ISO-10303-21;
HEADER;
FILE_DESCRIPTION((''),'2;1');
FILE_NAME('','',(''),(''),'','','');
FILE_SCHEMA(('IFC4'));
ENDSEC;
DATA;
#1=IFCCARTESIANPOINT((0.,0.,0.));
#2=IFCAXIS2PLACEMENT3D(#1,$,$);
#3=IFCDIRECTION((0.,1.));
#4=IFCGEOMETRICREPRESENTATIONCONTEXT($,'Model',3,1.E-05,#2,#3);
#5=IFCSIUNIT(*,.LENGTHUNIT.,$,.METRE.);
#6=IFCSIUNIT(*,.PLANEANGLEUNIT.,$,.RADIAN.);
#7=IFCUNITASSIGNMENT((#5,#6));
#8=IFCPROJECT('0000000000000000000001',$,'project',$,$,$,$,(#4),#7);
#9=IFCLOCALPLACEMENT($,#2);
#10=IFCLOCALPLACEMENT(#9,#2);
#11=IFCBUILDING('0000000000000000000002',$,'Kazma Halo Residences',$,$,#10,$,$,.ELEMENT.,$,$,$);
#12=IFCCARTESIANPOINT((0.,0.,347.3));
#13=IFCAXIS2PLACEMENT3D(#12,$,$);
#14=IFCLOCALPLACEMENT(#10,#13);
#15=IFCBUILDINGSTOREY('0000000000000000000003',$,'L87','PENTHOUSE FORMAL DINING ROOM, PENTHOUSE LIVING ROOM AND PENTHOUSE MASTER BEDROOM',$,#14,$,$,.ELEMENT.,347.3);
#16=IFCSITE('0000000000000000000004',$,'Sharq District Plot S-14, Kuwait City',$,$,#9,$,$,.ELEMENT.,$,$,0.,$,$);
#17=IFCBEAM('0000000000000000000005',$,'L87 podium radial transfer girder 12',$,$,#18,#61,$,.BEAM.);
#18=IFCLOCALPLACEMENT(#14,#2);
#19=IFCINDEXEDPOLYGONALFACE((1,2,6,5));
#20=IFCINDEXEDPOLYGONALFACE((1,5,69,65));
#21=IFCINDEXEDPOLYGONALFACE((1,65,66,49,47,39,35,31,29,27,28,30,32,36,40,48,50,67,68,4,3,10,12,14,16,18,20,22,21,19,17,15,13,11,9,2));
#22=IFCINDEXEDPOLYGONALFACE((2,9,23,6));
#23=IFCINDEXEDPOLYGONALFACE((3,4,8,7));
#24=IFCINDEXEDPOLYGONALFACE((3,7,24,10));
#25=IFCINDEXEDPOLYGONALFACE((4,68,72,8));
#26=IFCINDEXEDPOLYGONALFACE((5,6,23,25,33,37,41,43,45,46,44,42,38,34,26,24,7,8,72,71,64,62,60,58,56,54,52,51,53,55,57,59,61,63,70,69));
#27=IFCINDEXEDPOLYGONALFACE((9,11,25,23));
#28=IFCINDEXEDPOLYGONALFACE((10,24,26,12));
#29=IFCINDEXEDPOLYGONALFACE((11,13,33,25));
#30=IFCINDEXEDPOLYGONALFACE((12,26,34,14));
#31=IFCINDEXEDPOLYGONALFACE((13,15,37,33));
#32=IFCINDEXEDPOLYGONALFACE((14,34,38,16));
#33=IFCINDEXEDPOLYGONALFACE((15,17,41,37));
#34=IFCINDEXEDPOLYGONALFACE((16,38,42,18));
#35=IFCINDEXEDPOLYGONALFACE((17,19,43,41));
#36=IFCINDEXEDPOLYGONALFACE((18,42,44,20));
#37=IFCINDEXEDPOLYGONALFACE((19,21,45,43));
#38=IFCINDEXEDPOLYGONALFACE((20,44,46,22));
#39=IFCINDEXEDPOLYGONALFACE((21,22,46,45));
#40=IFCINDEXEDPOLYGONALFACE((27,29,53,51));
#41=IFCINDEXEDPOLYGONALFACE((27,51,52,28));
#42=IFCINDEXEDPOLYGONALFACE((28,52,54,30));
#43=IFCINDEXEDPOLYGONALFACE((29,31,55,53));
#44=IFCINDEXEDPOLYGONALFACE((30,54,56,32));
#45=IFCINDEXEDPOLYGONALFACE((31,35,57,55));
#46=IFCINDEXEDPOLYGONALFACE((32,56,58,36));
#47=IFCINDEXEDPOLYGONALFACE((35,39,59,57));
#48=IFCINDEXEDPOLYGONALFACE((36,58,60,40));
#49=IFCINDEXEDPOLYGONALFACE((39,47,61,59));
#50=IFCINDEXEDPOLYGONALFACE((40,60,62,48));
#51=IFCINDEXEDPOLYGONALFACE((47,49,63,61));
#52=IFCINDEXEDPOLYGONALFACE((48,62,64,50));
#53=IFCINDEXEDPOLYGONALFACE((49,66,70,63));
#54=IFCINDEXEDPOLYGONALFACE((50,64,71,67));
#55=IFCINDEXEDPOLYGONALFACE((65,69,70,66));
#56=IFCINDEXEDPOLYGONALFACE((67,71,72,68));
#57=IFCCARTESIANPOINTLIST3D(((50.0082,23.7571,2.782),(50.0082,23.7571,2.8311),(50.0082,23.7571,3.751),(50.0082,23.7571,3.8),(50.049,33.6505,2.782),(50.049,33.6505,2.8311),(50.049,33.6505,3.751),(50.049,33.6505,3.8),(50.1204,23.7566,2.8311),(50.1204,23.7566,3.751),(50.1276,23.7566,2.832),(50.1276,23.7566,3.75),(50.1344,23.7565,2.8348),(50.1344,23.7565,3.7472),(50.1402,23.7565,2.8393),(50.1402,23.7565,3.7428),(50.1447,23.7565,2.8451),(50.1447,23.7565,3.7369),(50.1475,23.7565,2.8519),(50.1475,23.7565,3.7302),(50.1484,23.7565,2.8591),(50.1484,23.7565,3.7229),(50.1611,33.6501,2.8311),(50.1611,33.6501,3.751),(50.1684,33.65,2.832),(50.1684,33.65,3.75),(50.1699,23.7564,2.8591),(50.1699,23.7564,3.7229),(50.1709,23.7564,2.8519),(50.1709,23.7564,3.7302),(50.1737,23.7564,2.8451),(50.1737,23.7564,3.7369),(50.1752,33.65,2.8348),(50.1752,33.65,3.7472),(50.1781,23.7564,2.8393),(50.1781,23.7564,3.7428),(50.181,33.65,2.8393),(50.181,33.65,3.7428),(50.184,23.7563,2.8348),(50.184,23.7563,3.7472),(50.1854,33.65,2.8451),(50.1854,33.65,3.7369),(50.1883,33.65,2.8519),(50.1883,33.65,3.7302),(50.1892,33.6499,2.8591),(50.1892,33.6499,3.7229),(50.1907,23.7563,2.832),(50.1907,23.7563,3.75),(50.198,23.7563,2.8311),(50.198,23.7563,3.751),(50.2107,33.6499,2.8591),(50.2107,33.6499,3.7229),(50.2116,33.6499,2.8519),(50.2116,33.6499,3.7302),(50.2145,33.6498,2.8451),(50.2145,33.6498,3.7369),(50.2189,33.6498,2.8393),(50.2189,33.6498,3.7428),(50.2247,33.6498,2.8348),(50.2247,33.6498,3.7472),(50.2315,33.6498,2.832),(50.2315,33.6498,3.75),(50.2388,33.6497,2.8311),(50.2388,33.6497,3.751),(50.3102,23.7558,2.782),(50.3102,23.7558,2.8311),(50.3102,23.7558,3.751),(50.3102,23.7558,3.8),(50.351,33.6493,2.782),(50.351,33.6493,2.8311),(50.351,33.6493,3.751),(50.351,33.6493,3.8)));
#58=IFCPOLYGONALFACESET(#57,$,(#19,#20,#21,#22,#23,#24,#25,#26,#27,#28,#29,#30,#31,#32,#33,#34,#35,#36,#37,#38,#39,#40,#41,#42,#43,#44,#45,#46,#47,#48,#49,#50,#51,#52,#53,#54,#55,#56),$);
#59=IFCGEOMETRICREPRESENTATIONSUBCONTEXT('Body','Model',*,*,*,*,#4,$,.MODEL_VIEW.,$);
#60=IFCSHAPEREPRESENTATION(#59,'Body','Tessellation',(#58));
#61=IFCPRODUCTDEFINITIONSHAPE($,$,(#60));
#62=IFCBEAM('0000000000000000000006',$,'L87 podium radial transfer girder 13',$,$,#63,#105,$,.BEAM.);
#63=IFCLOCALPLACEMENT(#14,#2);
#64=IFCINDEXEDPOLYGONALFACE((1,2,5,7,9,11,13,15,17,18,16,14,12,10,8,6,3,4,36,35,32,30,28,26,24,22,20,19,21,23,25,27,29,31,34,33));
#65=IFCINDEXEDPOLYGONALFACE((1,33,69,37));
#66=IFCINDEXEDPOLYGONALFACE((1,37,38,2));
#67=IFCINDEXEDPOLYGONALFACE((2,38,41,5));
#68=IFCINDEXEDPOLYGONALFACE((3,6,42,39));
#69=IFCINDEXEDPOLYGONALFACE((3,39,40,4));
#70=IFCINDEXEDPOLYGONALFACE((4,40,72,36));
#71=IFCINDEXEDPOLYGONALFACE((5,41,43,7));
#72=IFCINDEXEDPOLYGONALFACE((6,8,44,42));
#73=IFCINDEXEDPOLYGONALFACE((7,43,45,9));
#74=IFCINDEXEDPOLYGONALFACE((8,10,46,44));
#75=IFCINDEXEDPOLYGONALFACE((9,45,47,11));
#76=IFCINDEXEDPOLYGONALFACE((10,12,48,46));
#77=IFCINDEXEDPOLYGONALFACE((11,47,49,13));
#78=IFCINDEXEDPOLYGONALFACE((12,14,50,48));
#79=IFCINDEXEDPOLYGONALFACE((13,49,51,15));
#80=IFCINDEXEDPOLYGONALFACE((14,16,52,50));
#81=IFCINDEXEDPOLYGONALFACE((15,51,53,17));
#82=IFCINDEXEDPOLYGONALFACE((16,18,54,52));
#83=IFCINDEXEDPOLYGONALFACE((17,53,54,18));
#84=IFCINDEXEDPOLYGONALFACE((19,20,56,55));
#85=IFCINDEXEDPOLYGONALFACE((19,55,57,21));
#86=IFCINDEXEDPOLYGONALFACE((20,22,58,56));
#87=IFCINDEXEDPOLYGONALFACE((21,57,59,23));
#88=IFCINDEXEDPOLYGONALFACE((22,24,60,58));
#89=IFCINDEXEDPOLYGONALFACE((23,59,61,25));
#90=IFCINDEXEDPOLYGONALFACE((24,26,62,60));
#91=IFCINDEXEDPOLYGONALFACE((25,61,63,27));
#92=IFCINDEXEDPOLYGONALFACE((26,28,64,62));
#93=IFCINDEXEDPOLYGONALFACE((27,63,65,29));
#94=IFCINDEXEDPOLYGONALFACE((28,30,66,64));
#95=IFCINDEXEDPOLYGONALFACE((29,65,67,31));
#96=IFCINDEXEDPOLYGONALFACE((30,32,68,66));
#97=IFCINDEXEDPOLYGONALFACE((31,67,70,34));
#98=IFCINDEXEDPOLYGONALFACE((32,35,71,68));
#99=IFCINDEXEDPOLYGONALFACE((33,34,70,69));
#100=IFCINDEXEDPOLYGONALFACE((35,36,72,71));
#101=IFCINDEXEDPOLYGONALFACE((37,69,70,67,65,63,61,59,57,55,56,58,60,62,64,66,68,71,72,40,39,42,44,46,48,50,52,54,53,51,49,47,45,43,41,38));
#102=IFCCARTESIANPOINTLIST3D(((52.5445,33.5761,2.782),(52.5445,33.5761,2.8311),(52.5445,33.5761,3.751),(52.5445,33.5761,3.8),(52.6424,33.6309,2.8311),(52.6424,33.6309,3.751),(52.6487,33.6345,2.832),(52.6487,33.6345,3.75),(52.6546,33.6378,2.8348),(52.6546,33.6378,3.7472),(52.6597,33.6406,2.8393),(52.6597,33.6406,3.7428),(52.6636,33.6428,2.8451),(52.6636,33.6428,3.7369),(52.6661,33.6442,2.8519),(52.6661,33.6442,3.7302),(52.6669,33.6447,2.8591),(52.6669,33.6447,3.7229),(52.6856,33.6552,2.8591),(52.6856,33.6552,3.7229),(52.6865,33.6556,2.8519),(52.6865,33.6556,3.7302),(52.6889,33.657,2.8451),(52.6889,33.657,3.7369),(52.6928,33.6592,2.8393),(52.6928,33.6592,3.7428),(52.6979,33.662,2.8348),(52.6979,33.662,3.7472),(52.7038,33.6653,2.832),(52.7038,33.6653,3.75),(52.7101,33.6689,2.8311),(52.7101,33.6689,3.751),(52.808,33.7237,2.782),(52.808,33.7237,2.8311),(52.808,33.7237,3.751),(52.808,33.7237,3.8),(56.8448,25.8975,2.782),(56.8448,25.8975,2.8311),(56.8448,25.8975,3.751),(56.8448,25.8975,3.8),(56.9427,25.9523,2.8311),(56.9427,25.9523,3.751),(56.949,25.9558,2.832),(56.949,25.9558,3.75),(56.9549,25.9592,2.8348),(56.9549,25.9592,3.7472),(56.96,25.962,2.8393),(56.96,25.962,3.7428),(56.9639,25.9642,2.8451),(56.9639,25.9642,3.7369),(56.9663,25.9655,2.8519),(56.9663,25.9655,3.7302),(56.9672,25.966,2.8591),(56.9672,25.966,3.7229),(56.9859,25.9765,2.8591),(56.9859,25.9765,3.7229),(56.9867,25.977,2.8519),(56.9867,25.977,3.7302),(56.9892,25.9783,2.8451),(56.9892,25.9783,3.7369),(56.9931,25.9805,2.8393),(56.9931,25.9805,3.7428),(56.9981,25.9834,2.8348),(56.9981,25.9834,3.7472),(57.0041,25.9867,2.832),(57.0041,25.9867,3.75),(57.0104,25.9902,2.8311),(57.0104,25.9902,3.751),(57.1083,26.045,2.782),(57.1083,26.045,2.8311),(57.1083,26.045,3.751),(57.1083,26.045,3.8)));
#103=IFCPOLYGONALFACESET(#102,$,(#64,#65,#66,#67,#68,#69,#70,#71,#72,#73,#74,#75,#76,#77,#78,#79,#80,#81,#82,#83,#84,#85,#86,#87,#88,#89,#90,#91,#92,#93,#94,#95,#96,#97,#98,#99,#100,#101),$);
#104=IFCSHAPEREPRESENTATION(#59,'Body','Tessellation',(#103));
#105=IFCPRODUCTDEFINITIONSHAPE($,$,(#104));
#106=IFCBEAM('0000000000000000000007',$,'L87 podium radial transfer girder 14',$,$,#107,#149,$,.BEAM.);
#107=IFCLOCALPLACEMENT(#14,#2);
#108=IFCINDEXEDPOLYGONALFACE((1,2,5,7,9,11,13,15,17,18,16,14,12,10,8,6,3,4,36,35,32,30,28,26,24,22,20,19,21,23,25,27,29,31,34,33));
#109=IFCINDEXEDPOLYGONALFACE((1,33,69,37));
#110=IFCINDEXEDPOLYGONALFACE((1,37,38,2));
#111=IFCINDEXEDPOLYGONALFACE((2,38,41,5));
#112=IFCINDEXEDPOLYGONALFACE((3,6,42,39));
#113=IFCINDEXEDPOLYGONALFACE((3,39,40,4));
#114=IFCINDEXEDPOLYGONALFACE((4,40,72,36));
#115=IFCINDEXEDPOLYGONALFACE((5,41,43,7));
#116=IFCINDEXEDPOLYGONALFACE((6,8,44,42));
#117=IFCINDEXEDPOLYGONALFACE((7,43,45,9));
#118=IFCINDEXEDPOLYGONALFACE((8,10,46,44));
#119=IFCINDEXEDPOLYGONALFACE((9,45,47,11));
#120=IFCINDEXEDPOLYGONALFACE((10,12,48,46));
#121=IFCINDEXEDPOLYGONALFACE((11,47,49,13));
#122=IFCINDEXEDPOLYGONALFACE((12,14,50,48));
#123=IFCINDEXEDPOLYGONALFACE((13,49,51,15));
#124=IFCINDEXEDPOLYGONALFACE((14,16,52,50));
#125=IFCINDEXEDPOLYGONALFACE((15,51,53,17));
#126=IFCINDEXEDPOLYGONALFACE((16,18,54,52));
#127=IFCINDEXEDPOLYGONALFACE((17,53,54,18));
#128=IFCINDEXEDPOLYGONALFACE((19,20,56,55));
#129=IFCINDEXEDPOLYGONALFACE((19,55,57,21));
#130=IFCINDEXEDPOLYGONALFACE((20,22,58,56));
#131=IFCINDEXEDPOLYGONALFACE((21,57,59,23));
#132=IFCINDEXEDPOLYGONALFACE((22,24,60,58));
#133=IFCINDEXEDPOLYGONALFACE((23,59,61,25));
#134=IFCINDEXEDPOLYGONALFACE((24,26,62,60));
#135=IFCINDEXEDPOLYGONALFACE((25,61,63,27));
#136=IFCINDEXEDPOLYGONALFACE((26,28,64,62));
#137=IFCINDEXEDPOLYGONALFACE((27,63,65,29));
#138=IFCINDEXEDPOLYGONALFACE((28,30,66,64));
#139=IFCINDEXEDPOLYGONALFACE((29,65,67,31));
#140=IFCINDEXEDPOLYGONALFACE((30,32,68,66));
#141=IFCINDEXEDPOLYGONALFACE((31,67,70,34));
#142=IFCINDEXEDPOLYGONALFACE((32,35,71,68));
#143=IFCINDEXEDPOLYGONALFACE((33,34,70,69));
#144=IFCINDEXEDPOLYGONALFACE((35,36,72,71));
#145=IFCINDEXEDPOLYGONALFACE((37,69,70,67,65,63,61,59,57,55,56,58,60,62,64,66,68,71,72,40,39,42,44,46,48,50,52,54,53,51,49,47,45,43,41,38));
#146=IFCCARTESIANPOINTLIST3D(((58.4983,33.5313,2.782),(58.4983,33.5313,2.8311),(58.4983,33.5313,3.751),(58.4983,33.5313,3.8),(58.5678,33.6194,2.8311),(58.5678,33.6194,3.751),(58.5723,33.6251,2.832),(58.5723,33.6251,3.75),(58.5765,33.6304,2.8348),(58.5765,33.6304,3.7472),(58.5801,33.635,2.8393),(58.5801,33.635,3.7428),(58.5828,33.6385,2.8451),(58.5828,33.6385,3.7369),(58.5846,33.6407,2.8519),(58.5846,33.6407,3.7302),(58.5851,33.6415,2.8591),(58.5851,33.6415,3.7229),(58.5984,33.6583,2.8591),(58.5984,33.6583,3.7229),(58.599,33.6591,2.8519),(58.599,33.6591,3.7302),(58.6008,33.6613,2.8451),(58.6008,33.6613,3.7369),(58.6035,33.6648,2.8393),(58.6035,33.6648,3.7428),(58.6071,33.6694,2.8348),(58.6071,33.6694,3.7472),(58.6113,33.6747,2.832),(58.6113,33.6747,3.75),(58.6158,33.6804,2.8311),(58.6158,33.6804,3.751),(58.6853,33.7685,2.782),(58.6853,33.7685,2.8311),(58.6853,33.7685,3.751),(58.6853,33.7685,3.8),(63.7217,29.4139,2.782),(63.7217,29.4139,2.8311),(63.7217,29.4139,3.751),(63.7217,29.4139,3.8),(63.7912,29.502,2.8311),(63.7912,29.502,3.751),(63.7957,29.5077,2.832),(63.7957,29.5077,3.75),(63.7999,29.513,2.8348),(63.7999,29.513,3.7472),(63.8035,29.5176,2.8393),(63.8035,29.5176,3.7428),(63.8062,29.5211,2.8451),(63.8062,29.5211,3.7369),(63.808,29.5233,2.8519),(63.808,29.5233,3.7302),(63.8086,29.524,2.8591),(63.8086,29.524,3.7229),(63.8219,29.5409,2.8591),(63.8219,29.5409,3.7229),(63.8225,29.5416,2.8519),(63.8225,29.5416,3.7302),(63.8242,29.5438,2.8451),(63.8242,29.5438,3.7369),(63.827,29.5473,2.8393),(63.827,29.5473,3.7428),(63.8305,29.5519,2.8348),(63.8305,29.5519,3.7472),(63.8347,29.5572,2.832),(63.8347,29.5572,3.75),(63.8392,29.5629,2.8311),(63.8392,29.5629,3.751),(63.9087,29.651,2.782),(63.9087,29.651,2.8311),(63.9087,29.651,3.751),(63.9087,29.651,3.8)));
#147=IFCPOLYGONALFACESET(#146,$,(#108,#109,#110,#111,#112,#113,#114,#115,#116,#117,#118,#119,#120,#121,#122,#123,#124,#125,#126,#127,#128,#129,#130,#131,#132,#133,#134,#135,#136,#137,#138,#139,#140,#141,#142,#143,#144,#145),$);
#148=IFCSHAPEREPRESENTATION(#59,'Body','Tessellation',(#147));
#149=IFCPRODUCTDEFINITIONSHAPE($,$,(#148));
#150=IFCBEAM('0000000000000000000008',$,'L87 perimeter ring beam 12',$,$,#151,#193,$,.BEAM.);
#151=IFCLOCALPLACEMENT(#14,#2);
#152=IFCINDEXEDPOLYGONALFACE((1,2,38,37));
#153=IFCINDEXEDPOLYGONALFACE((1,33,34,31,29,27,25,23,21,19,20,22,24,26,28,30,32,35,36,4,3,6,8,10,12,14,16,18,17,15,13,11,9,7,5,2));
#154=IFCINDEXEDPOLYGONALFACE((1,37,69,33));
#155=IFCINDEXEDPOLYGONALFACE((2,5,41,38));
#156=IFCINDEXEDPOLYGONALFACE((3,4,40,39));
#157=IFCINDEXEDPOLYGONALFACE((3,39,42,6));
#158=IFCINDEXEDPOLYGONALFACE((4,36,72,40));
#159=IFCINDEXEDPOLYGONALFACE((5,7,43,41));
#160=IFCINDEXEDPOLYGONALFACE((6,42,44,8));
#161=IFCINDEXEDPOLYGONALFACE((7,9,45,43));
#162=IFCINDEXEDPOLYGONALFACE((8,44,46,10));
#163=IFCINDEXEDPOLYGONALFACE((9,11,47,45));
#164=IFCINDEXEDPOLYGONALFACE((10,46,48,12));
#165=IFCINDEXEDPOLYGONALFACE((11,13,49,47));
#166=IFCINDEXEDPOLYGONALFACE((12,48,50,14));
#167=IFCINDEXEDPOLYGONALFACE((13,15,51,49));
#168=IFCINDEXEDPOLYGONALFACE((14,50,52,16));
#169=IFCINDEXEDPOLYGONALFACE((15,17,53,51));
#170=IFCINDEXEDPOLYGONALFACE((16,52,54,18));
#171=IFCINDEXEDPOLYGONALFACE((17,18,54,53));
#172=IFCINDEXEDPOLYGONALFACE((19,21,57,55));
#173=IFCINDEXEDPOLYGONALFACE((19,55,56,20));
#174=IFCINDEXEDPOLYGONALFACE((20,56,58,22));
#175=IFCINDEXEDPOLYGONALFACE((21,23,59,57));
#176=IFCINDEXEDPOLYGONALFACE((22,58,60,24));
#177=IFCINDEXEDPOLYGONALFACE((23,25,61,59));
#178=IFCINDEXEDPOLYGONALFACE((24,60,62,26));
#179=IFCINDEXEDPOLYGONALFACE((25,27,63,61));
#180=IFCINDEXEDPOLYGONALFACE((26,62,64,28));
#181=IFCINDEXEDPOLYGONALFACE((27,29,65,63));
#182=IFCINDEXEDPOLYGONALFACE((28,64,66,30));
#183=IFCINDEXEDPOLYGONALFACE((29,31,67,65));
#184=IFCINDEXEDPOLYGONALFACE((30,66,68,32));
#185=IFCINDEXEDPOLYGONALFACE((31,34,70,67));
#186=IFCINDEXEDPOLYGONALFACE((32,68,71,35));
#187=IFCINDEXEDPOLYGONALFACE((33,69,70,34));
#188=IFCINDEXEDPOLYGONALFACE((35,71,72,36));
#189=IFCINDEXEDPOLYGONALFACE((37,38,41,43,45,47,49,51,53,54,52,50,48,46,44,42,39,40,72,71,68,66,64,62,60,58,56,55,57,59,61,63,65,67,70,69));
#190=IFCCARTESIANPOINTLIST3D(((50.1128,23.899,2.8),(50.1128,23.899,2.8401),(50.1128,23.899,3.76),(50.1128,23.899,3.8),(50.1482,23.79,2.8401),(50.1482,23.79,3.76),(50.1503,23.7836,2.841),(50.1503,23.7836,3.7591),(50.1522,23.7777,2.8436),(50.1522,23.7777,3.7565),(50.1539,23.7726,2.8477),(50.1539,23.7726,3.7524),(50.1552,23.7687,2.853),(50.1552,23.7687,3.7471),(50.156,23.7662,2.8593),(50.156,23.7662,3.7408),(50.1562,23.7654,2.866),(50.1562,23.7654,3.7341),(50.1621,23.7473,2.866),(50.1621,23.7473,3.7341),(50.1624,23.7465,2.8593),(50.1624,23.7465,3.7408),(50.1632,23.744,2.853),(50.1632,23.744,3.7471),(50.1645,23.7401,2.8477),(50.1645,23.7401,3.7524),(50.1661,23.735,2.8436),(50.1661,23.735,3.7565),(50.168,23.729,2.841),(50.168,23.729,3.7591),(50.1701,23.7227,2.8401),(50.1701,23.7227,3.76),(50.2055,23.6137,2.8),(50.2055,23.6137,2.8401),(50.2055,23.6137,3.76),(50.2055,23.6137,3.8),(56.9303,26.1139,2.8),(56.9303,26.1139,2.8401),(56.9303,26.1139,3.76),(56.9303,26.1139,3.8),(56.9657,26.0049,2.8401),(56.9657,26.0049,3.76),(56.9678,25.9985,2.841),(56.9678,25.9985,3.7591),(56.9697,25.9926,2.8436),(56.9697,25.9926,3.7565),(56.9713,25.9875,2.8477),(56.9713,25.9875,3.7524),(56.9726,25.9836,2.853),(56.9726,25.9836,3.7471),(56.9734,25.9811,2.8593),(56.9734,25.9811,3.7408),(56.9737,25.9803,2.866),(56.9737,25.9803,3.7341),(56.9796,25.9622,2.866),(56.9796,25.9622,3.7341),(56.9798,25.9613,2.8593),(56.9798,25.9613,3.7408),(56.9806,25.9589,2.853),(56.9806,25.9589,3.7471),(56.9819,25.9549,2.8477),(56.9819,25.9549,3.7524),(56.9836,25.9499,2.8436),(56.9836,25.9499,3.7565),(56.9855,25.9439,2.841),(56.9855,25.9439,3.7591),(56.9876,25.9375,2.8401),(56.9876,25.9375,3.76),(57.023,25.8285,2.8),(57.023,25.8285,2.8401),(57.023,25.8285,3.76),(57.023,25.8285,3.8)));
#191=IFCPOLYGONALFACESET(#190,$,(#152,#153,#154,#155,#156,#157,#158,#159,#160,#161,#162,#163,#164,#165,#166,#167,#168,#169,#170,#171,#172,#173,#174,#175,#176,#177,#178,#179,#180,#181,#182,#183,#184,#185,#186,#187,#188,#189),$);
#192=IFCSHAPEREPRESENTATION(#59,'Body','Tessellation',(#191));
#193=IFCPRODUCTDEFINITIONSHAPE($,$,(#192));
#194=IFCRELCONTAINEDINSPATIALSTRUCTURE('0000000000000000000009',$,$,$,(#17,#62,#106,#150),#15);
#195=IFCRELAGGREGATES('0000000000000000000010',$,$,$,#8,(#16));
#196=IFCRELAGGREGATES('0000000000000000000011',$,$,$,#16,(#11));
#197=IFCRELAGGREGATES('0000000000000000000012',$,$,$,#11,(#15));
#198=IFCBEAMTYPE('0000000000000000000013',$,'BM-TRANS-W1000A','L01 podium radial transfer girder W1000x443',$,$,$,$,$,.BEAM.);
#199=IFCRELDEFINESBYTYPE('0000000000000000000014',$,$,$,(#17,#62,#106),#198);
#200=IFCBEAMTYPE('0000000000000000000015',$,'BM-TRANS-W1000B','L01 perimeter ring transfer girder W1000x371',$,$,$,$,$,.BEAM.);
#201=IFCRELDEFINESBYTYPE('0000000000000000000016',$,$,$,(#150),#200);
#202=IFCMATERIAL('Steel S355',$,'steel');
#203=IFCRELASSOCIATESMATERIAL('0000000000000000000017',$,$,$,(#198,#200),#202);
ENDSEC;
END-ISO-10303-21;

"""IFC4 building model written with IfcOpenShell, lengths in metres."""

from ifc_helpers import new_model, si_unit, direction, frame, origin, origin_2d, place, context, subcontext, project, spatial, i_section, extrude, material, material_profile, profile_set, type_object, element, save


model = new_model("IFC4")

# Units and contexts
model_context = context("Model", 3, precision=1e-05, world=origin(), true_north=direction((0.0, 1.0)))
body_context = subcontext(model_context, "Body", "Model", "MODEL_VIEW")
ifc_project = project(units=[si_unit("LENGTHUNIT", "METRE"), si_unit("PLANEANGLEUNIT", "RADIAN")], contexts=[model_context])

# Site, building, storey
site_placement = place(None, origin())
site = spatial("IfcSite", under=ifc_project, at=site_placement, Name="Sharq District Plot S-14, Kuwait City", CompositionType="ELEMENT", RefElevation=0.0)
building_placement = place(site_placement, origin())
building = spatial("IfcBuilding", under=site, at=building_placement, Name="Kazma Halo Residences", CompositionType="ELEMENT")
storey_placement = place(building_placement, frame((0.0, 0.0, 347.3)))
storey = spatial("IfcBuildingStorey", under=building, at=storey_placement, Name="L87", Description="PENTHOUSE FORMAL DINING ROOM, PENTHOUSE LIVING ROOM AND PENTHOUSE MASTER BEDROOM", CompositionType="ELEMENT", Elevation=347.3)

# Beams
ifc_material_1 = material(Name="Steel S355", Category="steel")
ifc_material_profile_1 = material_profile(ifc_material_1, i_section(OverallWidth=0.302, OverallDepth=1.0181, WebThickness=0.0215, FlangeThickness=0.0491, FilletRadius=0.0281, at=origin_2d()), Name="W1000x443")
ifc_profile_set_1 = profile_set([ifc_material_profile_1], Name="Steel S355")
beam_type_1 = type_object("IfcBeamType", Name="BM-TRANS-W1000A", Description="L01 podium radial transfer girder W1000x443", PredefinedType="BEAM", material=ifc_profile_set_1)
beam_1_placement = place(storey_placement, frame((50.2, 33.6499, 3.291), z_axis=(-0.004121, -0.999992, 0.0), x_axis=(0.999992, -0.004121, 0.0)))
element("IfcBeam", 1, at=beam_1_placement, inside=storey, type_object=beam_type_1, Name="L87 podium radial transfer girder 12", PredefinedType="BEAM", context=body_context, shape_type="SweptSolid", body=[
    extrude(i_section(OverallWidth=0.302, OverallDepth=1.0181, WebThickness=0.0215, FlangeThickness=0.0491, FilletRadius=0.0281, at=origin_2d()), origin(), (0.0, 0.0, 1.0), 9.8936),
])
beam_2_placement = place(storey_placement, frame((52.6763, 33.6499, 3.291), z_axis=(0.488622, -0.872496, 0.0), x_axis=(0.872496, 0.488622, 0.0)))
element("IfcBeam", 2, at=beam_2_placement, inside=storey, type_object=beam_type_1, Name="L87 podium radial transfer girder 13", PredefinedType="BEAM", context=body_context, shape_type="SweptSolid", body=[
    extrude(i_section(OverallWidth=0.302, OverallDepth=1.0181, WebThickness=0.0215, FlangeThickness=0.0491, FilletRadius=0.0281, at=origin_2d()), origin(), (0.0, 0.0, 1.0), 8.8008),
])
beam_3_placement = place(storey_placement, frame((58.5918, 33.6499, 3.291), z_axis=(0.785343, -0.619061, 0.0), x_axis=(0.619061, 0.785343, 0.0)))
element("IfcBeam", 3, at=beam_3_placement, inside=storey, type_object=beam_type_1, Name="L87 podium radial transfer girder 14", PredefinedType="BEAM", context=body_context, shape_type="SweptSolid", body=[
    extrude(i_section(OverallWidth=0.302, OverallDepth=1.0181, WebThickness=0.0215, FlangeThickness=0.0491, FilletRadius=0.0281, at=origin_2d()), origin(), (0.0, 0.0, 1.0), 6.6511),
])
ifc_material_profile_2 = material_profile(ifc_material_1, i_section(OverallWidth=0.3, OverallDepth=1.0, WebThickness=0.019, FlangeThickness=0.04, FilletRadius=0.0259, at=origin_2d()), Name="W1000x371")
ifc_profile_set_2 = profile_set([ifc_material_profile_2], Name="Steel S355")
beam_type_2 = type_object("IfcBeamType", Name="BM-TRANS-W1000B", Description="L01 perimeter ring transfer girder W1000x371", PredefinedType="BEAM", material=ifc_profile_set_2)
beam_4_placement = place(storey_placement, frame((50.1592, 23.7563, 3.3), z_axis=(0.951067, 0.308984, 0.0), x_axis=(-0.308984, 0.951067, 0.0)))
element("IfcBeam", 4, at=beam_4_placement, inside=storey, type_object=beam_type_2, Name="L87 perimeter ring beam 12", PredefinedType="BEAM", context=body_context, shape_type="SweptSolid", body=[
    extrude(i_section(OverallWidth=0.3, OverallDepth=1.0, WebThickness=0.019, FlangeThickness=0.04, FilletRadius=0.0259, at=origin_2d()), origin(), (0.0, 0.0, 1.0), 7.1682),
])

save(model, "model.ifc")
